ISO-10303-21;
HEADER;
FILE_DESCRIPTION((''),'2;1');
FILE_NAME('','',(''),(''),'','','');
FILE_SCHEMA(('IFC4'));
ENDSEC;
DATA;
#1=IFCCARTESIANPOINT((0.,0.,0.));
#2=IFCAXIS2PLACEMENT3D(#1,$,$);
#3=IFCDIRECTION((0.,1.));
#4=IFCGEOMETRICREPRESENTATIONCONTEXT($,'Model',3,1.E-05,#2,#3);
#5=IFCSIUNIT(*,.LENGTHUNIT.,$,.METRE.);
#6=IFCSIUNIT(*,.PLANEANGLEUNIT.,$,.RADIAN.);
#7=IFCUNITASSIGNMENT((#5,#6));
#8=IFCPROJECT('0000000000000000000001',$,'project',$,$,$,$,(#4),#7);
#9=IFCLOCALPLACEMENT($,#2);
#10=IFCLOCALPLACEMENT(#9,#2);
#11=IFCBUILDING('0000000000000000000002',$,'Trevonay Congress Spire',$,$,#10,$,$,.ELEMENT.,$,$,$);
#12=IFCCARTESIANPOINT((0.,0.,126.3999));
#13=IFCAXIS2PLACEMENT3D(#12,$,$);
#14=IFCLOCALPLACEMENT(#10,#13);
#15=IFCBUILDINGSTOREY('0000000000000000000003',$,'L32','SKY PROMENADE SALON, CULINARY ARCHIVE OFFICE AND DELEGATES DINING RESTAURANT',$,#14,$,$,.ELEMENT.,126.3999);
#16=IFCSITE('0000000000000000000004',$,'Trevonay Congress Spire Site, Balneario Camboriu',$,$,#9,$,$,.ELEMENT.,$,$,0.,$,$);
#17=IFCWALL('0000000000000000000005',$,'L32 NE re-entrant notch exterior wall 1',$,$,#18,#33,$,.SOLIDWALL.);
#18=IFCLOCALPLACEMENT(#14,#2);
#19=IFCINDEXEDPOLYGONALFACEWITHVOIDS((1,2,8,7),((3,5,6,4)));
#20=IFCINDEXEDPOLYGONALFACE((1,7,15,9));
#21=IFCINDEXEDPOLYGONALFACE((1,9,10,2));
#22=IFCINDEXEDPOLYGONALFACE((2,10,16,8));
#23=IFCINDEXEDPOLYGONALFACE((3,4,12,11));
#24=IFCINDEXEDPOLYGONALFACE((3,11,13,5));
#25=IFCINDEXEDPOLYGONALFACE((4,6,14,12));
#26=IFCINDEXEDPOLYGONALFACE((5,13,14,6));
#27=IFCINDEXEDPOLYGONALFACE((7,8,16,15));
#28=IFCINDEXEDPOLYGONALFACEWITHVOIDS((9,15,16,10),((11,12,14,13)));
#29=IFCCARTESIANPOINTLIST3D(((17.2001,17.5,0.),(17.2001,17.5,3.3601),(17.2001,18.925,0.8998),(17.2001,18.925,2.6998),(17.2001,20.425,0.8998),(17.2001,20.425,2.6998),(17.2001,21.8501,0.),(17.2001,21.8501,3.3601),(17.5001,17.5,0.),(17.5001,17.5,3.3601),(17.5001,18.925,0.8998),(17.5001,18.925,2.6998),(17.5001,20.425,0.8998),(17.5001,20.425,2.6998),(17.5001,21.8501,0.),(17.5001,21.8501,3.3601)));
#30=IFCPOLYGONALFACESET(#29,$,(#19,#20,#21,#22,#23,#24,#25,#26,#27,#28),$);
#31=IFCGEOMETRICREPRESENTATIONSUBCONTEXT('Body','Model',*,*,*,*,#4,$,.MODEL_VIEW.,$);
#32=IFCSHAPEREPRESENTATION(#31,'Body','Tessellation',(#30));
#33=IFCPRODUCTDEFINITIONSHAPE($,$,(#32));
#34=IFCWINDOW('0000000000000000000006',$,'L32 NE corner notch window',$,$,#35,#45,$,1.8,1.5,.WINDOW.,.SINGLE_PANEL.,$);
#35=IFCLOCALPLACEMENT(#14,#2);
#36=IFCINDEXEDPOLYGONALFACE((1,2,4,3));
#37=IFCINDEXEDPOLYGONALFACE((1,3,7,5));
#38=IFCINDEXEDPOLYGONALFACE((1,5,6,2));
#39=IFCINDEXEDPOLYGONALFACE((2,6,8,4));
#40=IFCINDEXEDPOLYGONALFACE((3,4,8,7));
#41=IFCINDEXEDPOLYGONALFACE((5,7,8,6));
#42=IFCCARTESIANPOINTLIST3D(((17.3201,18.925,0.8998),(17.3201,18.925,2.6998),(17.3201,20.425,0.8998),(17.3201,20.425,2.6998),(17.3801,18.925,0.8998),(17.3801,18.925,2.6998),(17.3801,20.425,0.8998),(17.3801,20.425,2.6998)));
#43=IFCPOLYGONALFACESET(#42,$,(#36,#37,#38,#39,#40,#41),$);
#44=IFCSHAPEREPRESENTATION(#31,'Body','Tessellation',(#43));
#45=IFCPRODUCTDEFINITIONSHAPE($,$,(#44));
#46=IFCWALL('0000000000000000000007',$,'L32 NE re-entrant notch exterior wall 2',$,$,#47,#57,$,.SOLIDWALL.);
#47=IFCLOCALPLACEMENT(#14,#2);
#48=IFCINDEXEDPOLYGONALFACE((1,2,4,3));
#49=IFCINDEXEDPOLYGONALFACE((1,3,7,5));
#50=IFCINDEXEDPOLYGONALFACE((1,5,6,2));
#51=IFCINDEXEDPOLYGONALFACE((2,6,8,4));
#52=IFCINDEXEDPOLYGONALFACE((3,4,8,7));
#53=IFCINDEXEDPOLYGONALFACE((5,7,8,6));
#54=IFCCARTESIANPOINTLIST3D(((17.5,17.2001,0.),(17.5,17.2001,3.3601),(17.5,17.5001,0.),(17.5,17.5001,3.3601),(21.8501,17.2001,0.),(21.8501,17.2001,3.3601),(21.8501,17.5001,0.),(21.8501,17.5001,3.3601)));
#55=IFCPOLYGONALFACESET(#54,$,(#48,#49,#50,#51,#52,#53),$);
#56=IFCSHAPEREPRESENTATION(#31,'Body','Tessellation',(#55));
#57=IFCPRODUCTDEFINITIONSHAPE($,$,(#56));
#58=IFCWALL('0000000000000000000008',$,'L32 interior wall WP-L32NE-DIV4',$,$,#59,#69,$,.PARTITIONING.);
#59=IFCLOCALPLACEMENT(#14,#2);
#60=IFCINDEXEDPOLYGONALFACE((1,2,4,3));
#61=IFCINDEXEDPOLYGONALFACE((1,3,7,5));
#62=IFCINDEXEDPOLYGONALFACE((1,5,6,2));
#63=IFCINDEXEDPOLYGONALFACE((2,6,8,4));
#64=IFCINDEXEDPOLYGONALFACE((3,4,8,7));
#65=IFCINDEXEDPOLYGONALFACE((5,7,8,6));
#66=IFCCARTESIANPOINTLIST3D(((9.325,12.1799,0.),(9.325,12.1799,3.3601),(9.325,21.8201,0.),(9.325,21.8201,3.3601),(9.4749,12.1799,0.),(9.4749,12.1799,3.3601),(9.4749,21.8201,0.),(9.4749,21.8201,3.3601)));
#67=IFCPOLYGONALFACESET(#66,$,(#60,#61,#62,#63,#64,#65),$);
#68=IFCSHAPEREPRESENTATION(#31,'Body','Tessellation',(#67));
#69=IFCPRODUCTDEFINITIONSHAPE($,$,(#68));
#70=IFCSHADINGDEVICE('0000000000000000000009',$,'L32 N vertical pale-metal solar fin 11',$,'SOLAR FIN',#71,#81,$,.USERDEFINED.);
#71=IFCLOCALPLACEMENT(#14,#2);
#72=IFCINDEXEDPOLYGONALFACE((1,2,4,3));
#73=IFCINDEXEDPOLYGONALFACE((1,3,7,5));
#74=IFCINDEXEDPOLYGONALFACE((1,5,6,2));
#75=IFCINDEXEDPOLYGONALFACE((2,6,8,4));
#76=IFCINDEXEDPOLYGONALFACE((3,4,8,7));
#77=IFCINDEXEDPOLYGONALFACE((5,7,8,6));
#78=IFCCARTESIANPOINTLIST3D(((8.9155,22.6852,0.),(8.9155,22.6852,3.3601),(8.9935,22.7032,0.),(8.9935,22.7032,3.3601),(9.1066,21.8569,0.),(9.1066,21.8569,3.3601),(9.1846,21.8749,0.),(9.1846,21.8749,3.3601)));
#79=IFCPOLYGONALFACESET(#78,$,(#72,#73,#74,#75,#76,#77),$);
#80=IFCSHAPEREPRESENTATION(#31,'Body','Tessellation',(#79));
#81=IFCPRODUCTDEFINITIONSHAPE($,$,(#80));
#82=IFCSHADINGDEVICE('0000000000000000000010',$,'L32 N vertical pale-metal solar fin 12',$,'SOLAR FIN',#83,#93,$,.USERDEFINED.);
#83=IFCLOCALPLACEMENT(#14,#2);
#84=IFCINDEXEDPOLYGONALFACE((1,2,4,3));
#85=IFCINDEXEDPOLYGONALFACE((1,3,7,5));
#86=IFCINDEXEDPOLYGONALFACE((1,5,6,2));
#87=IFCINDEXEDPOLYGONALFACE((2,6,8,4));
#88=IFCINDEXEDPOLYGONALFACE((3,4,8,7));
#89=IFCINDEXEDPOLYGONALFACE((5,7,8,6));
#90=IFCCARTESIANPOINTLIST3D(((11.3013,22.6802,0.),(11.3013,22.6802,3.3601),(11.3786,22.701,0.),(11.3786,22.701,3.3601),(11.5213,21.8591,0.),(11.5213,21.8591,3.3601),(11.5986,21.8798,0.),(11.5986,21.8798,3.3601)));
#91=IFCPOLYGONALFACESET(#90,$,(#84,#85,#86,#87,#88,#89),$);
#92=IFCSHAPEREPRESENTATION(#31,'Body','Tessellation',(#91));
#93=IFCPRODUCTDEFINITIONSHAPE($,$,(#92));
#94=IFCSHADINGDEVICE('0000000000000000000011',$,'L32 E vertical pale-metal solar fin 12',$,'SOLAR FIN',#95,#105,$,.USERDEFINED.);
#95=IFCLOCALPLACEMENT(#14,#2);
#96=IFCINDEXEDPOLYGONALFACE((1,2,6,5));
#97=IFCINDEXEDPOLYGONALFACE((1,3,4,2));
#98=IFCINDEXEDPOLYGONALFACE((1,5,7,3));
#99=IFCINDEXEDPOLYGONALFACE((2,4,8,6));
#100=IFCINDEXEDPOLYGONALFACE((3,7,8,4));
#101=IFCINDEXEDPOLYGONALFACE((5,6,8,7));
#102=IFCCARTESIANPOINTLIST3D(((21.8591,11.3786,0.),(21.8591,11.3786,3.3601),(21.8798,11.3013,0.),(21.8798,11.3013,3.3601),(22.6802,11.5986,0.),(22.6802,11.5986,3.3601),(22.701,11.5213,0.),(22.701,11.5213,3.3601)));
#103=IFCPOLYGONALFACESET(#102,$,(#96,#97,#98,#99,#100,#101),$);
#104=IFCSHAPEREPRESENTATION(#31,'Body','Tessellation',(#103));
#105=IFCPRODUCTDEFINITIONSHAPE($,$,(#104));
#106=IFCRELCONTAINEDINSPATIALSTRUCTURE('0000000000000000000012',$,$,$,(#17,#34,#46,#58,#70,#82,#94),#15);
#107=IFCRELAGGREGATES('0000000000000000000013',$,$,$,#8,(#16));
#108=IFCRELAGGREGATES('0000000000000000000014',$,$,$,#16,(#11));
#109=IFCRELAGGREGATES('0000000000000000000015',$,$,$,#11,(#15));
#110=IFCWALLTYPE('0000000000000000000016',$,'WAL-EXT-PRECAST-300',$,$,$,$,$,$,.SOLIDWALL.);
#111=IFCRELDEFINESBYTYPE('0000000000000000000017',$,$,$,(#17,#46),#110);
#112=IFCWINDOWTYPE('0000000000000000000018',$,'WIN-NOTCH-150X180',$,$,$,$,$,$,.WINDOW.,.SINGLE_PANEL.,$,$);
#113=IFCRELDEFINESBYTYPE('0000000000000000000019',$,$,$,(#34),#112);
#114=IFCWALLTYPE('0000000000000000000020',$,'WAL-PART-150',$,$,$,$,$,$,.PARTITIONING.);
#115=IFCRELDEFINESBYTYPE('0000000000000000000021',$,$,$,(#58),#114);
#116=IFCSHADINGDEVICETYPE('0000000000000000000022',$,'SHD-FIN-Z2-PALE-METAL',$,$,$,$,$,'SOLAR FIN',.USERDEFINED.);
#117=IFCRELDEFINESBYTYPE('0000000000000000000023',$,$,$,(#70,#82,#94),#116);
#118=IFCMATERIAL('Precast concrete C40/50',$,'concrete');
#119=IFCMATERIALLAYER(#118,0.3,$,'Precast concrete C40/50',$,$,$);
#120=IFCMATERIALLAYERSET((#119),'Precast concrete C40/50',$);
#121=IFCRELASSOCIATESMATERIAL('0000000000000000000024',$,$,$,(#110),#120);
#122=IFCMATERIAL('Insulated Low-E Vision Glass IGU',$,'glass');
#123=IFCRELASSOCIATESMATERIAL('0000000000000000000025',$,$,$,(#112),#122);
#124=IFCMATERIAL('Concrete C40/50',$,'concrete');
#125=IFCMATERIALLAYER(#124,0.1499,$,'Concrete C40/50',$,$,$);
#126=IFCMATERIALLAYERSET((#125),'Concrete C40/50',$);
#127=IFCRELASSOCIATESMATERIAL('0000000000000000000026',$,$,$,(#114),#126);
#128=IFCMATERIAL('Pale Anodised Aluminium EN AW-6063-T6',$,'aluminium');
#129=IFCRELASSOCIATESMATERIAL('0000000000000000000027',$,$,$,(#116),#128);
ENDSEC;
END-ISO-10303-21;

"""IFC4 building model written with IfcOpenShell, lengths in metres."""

from ifc_helpers import new_model, si_unit, direction, frame, frame_2d, origin, origin_2d, place, context, subcontext, project, spatial, rectangle, extrude, material, layer, layer_set, type_object, element, fill, save


model = new_model("IFC4")

# Units and contexts
model_context = context("Model", 3, precision=1e-05, world=origin(), true_north=direction((0.0, 1.0)))
body_context = subcontext(model_context, "Body", "Model", "MODEL_VIEW")
ifc_project = project(units=[si_unit("LENGTHUNIT", "METRE"), si_unit("PLANEANGLEUNIT", "RADIAN")], contexts=[model_context])

# Site, building, storey
site_placement = place(None, origin())
site = spatial("IfcSite", under=ifc_project, at=site_placement, Name="Trevonay Congress Spire Site, Balneario Camboriu", CompositionType="ELEMENT", RefElevation=0.0)
building_placement = place(site_placement, origin())
building = spatial("IfcBuilding", under=site, at=building_placement, Name="Trevonay Congress Spire", CompositionType="ELEMENT")
storey_placement = place(building_placement, frame((0.0, 0.0, 126.3999)))
storey = spatial("IfcBuildingStorey", under=building, at=storey_placement, Name="L32", Description="SKY PROMENADE SALON, CULINARY ARCHIVE OFFICE AND DELEGATES DINING RESTAURANT", CompositionType="ELEMENT", Elevation=126.3999)

# Shared definitions
ifc_material_1 = material(Name="Pale Anodised Aluminium EN AW-6063-T6", Category="aluminium")

# Shared definitions
ifc_material_2 = material(Name="Insulated Low-E Vision Glass IGU", Category="glass")

# Wall, opening, window
ifc_material_3 = material(Name="Precast concrete C40/50", Category="concrete")
ifc_layer_1 = layer(ifc_material_3, 0.3, Name="Precast concrete C40/50")
ifc_layer_set_1 = layer_set([ifc_layer_1], Name="Precast concrete C40/50")
wall_type_1 = type_object("IfcWallType", Name="WAL-EXT-PRECAST-300", PredefinedType="SOLIDWALL", material=ifc_layer_set_1)
wall_1_placement = place(storey_placement, frame((17.3501, 21.8501, 0.0), z_axis=(0.0, 0.0, 1.0), x_axis=(0.0, -1.0, 0.0)))
wall_1 = element("IfcWall", 1, at=wall_1_placement, inside=storey, type_object=wall_type_1, Name="L32 NE re-entrant notch exterior wall 1", PredefinedType="SOLIDWALL", context=body_context, shape_type="SweptSolid", body=[
    extrude(rectangle(XDim=4.3501, YDim=0.3, at=frame_2d((2.175, 0.0))), origin(), (0.0, 0.0, 1.0), 3.3601),
])
opening_placement = place(wall_1_placement, frame((1.425, 0.0, 0.8999)))
opening = element("IfcOpeningElement", 2, at=opening_placement, cuts=wall_1, PredefinedType="OPENING", context=body_context, shape_type="SweptSolid", body=[
    extrude(rectangle(XDim=1.5, YDim=1.8, at=frame_2d((0.75, 0.8999))), frame((0.0, 0.1602, 0.0), z_axis=(0.0, -1.0, 0.0), x_axis=(1.0, 0.0, 0.0)), (0.0, 0.0, 1.0), 0.3201),
])
window_type = type_object("IfcWindowType", Name="WIN-NOTCH-150X180", PartitioningType="SINGLE_PANEL", PredefinedType="WINDOW", material=ifc_material_2)
window_placement = place(opening_placement, origin())
window = element("IfcWindow", 3, at=window_placement, inside=storey, type_object=window_type, Name="L32 NE corner notch window", OverallHeight=1.8, OverallWidth=1.5, PartitioningType="SINGLE_PANEL", PredefinedType="WINDOW", context=body_context, shape_type="SweptSolid", body=[
    extrude(rectangle(XDim=1.5, YDim=1.8, at=frame_2d((0.75, 0.8999))), frame((0.0, 0.03, 0.0), z_axis=(0.0, -1.0, 0.0), x_axis=(1.0, 0.0, 0.0)), (0.0, 0.0, 1.0), 0.0601),
])
fill(opening, window)

# Walls
wall_2_placement = place(storey_placement, frame((21.8501, 17.3501, 0.0), z_axis=(0.0, 0.0, 1.0), x_axis=(-1.0, 0.0, 0.0)))
element("IfcWall", 4, at=wall_2_placement, inside=storey, type_object=wall_type_1, Name="L32 NE re-entrant notch exterior wall 2", PredefinedType="SOLIDWALL", context=body_context, shape_type="SweptSolid", body=[
    extrude(rectangle(XDim=4.3501, YDim=0.3, at=frame_2d((2.175, 0.0))), origin(), (0.0, 0.0, 1.0), 3.3601),
])
ifc_material_4 = material(Name="Concrete C40/50", Category="concrete")
ifc_layer_2 = layer(ifc_material_4, 0.1499, Name="Concrete C40/50")
ifc_layer_set_2 = layer_set([ifc_layer_2], Name="Concrete C40/50")
wall_type_2 = type_object("IfcWallType", Name="WAL-PART-150", PredefinedType="PARTITIONING", material=ifc_layer_set_2)
wall_3_placement = place(storey_placement, frame((9.3999, 12.1799, 0.0), z_axis=(0.0, 0.0, 1.0), x_axis=(0.0, 1.0, 0.0)))
element("IfcWall", 5, at=wall_3_placement, inside=storey, type_object=wall_type_2, Name="L32 interior wall WP-L32NE-DIV4", PredefinedType="PARTITIONING", context=body_context, shape_type="SweptSolid", body=[
    extrude(rectangle(XDim=9.6401, YDim=0.1499, at=frame_2d((4.8201, 0.0))), origin(), (0.0, 0.0, 1.0), 3.3601),
])

# Shading devices
shading_device_type = type_object("IfcShadingDeviceType", Name="SHD-FIN-Z2-PALE-METAL", ElementType="SOLAR FIN", PredefinedType="USERDEFINED", material=ifc_material_1)
for number, where, z_axis, x_axis, name in (
    (6, (9.05, 22.28, 0.0), (0.0, 0.0, 1.0), (0.974409, 0.224781, 0.0), "L32 N vertical pale-metal solar fin 11"),
    (7, (11.45, 22.28, 0.0), (0.0, 0.0, 1.0), (0.965926, 0.258819, 0.0), "L32 N vertical pale-metal solar fin 12"),
    (8, (22.28, 11.45, 0.0), (0.0, 0.0, 1.0), (-0.258819, 0.965926, 0.0), "L32 E vertical pale-metal solar fin 12"),
):
    element("IfcShadingDevice", number, at=place(storey_placement, frame(where, z_axis=z_axis, x_axis=x_axis)), inside=storey, type_object=shading_device_type, Name=name, ObjectType="SOLAR FIN", PredefinedType="USERDEFINED", context=body_context, shape_type="SweptSolid", body=[
        extrude(rectangle(XDim=0.0801, YDim=0.8501, at=origin_2d()), origin(), (0.0, 0.0, 1.0), 3.3601),
    ])

save(model, "model.ifc")
